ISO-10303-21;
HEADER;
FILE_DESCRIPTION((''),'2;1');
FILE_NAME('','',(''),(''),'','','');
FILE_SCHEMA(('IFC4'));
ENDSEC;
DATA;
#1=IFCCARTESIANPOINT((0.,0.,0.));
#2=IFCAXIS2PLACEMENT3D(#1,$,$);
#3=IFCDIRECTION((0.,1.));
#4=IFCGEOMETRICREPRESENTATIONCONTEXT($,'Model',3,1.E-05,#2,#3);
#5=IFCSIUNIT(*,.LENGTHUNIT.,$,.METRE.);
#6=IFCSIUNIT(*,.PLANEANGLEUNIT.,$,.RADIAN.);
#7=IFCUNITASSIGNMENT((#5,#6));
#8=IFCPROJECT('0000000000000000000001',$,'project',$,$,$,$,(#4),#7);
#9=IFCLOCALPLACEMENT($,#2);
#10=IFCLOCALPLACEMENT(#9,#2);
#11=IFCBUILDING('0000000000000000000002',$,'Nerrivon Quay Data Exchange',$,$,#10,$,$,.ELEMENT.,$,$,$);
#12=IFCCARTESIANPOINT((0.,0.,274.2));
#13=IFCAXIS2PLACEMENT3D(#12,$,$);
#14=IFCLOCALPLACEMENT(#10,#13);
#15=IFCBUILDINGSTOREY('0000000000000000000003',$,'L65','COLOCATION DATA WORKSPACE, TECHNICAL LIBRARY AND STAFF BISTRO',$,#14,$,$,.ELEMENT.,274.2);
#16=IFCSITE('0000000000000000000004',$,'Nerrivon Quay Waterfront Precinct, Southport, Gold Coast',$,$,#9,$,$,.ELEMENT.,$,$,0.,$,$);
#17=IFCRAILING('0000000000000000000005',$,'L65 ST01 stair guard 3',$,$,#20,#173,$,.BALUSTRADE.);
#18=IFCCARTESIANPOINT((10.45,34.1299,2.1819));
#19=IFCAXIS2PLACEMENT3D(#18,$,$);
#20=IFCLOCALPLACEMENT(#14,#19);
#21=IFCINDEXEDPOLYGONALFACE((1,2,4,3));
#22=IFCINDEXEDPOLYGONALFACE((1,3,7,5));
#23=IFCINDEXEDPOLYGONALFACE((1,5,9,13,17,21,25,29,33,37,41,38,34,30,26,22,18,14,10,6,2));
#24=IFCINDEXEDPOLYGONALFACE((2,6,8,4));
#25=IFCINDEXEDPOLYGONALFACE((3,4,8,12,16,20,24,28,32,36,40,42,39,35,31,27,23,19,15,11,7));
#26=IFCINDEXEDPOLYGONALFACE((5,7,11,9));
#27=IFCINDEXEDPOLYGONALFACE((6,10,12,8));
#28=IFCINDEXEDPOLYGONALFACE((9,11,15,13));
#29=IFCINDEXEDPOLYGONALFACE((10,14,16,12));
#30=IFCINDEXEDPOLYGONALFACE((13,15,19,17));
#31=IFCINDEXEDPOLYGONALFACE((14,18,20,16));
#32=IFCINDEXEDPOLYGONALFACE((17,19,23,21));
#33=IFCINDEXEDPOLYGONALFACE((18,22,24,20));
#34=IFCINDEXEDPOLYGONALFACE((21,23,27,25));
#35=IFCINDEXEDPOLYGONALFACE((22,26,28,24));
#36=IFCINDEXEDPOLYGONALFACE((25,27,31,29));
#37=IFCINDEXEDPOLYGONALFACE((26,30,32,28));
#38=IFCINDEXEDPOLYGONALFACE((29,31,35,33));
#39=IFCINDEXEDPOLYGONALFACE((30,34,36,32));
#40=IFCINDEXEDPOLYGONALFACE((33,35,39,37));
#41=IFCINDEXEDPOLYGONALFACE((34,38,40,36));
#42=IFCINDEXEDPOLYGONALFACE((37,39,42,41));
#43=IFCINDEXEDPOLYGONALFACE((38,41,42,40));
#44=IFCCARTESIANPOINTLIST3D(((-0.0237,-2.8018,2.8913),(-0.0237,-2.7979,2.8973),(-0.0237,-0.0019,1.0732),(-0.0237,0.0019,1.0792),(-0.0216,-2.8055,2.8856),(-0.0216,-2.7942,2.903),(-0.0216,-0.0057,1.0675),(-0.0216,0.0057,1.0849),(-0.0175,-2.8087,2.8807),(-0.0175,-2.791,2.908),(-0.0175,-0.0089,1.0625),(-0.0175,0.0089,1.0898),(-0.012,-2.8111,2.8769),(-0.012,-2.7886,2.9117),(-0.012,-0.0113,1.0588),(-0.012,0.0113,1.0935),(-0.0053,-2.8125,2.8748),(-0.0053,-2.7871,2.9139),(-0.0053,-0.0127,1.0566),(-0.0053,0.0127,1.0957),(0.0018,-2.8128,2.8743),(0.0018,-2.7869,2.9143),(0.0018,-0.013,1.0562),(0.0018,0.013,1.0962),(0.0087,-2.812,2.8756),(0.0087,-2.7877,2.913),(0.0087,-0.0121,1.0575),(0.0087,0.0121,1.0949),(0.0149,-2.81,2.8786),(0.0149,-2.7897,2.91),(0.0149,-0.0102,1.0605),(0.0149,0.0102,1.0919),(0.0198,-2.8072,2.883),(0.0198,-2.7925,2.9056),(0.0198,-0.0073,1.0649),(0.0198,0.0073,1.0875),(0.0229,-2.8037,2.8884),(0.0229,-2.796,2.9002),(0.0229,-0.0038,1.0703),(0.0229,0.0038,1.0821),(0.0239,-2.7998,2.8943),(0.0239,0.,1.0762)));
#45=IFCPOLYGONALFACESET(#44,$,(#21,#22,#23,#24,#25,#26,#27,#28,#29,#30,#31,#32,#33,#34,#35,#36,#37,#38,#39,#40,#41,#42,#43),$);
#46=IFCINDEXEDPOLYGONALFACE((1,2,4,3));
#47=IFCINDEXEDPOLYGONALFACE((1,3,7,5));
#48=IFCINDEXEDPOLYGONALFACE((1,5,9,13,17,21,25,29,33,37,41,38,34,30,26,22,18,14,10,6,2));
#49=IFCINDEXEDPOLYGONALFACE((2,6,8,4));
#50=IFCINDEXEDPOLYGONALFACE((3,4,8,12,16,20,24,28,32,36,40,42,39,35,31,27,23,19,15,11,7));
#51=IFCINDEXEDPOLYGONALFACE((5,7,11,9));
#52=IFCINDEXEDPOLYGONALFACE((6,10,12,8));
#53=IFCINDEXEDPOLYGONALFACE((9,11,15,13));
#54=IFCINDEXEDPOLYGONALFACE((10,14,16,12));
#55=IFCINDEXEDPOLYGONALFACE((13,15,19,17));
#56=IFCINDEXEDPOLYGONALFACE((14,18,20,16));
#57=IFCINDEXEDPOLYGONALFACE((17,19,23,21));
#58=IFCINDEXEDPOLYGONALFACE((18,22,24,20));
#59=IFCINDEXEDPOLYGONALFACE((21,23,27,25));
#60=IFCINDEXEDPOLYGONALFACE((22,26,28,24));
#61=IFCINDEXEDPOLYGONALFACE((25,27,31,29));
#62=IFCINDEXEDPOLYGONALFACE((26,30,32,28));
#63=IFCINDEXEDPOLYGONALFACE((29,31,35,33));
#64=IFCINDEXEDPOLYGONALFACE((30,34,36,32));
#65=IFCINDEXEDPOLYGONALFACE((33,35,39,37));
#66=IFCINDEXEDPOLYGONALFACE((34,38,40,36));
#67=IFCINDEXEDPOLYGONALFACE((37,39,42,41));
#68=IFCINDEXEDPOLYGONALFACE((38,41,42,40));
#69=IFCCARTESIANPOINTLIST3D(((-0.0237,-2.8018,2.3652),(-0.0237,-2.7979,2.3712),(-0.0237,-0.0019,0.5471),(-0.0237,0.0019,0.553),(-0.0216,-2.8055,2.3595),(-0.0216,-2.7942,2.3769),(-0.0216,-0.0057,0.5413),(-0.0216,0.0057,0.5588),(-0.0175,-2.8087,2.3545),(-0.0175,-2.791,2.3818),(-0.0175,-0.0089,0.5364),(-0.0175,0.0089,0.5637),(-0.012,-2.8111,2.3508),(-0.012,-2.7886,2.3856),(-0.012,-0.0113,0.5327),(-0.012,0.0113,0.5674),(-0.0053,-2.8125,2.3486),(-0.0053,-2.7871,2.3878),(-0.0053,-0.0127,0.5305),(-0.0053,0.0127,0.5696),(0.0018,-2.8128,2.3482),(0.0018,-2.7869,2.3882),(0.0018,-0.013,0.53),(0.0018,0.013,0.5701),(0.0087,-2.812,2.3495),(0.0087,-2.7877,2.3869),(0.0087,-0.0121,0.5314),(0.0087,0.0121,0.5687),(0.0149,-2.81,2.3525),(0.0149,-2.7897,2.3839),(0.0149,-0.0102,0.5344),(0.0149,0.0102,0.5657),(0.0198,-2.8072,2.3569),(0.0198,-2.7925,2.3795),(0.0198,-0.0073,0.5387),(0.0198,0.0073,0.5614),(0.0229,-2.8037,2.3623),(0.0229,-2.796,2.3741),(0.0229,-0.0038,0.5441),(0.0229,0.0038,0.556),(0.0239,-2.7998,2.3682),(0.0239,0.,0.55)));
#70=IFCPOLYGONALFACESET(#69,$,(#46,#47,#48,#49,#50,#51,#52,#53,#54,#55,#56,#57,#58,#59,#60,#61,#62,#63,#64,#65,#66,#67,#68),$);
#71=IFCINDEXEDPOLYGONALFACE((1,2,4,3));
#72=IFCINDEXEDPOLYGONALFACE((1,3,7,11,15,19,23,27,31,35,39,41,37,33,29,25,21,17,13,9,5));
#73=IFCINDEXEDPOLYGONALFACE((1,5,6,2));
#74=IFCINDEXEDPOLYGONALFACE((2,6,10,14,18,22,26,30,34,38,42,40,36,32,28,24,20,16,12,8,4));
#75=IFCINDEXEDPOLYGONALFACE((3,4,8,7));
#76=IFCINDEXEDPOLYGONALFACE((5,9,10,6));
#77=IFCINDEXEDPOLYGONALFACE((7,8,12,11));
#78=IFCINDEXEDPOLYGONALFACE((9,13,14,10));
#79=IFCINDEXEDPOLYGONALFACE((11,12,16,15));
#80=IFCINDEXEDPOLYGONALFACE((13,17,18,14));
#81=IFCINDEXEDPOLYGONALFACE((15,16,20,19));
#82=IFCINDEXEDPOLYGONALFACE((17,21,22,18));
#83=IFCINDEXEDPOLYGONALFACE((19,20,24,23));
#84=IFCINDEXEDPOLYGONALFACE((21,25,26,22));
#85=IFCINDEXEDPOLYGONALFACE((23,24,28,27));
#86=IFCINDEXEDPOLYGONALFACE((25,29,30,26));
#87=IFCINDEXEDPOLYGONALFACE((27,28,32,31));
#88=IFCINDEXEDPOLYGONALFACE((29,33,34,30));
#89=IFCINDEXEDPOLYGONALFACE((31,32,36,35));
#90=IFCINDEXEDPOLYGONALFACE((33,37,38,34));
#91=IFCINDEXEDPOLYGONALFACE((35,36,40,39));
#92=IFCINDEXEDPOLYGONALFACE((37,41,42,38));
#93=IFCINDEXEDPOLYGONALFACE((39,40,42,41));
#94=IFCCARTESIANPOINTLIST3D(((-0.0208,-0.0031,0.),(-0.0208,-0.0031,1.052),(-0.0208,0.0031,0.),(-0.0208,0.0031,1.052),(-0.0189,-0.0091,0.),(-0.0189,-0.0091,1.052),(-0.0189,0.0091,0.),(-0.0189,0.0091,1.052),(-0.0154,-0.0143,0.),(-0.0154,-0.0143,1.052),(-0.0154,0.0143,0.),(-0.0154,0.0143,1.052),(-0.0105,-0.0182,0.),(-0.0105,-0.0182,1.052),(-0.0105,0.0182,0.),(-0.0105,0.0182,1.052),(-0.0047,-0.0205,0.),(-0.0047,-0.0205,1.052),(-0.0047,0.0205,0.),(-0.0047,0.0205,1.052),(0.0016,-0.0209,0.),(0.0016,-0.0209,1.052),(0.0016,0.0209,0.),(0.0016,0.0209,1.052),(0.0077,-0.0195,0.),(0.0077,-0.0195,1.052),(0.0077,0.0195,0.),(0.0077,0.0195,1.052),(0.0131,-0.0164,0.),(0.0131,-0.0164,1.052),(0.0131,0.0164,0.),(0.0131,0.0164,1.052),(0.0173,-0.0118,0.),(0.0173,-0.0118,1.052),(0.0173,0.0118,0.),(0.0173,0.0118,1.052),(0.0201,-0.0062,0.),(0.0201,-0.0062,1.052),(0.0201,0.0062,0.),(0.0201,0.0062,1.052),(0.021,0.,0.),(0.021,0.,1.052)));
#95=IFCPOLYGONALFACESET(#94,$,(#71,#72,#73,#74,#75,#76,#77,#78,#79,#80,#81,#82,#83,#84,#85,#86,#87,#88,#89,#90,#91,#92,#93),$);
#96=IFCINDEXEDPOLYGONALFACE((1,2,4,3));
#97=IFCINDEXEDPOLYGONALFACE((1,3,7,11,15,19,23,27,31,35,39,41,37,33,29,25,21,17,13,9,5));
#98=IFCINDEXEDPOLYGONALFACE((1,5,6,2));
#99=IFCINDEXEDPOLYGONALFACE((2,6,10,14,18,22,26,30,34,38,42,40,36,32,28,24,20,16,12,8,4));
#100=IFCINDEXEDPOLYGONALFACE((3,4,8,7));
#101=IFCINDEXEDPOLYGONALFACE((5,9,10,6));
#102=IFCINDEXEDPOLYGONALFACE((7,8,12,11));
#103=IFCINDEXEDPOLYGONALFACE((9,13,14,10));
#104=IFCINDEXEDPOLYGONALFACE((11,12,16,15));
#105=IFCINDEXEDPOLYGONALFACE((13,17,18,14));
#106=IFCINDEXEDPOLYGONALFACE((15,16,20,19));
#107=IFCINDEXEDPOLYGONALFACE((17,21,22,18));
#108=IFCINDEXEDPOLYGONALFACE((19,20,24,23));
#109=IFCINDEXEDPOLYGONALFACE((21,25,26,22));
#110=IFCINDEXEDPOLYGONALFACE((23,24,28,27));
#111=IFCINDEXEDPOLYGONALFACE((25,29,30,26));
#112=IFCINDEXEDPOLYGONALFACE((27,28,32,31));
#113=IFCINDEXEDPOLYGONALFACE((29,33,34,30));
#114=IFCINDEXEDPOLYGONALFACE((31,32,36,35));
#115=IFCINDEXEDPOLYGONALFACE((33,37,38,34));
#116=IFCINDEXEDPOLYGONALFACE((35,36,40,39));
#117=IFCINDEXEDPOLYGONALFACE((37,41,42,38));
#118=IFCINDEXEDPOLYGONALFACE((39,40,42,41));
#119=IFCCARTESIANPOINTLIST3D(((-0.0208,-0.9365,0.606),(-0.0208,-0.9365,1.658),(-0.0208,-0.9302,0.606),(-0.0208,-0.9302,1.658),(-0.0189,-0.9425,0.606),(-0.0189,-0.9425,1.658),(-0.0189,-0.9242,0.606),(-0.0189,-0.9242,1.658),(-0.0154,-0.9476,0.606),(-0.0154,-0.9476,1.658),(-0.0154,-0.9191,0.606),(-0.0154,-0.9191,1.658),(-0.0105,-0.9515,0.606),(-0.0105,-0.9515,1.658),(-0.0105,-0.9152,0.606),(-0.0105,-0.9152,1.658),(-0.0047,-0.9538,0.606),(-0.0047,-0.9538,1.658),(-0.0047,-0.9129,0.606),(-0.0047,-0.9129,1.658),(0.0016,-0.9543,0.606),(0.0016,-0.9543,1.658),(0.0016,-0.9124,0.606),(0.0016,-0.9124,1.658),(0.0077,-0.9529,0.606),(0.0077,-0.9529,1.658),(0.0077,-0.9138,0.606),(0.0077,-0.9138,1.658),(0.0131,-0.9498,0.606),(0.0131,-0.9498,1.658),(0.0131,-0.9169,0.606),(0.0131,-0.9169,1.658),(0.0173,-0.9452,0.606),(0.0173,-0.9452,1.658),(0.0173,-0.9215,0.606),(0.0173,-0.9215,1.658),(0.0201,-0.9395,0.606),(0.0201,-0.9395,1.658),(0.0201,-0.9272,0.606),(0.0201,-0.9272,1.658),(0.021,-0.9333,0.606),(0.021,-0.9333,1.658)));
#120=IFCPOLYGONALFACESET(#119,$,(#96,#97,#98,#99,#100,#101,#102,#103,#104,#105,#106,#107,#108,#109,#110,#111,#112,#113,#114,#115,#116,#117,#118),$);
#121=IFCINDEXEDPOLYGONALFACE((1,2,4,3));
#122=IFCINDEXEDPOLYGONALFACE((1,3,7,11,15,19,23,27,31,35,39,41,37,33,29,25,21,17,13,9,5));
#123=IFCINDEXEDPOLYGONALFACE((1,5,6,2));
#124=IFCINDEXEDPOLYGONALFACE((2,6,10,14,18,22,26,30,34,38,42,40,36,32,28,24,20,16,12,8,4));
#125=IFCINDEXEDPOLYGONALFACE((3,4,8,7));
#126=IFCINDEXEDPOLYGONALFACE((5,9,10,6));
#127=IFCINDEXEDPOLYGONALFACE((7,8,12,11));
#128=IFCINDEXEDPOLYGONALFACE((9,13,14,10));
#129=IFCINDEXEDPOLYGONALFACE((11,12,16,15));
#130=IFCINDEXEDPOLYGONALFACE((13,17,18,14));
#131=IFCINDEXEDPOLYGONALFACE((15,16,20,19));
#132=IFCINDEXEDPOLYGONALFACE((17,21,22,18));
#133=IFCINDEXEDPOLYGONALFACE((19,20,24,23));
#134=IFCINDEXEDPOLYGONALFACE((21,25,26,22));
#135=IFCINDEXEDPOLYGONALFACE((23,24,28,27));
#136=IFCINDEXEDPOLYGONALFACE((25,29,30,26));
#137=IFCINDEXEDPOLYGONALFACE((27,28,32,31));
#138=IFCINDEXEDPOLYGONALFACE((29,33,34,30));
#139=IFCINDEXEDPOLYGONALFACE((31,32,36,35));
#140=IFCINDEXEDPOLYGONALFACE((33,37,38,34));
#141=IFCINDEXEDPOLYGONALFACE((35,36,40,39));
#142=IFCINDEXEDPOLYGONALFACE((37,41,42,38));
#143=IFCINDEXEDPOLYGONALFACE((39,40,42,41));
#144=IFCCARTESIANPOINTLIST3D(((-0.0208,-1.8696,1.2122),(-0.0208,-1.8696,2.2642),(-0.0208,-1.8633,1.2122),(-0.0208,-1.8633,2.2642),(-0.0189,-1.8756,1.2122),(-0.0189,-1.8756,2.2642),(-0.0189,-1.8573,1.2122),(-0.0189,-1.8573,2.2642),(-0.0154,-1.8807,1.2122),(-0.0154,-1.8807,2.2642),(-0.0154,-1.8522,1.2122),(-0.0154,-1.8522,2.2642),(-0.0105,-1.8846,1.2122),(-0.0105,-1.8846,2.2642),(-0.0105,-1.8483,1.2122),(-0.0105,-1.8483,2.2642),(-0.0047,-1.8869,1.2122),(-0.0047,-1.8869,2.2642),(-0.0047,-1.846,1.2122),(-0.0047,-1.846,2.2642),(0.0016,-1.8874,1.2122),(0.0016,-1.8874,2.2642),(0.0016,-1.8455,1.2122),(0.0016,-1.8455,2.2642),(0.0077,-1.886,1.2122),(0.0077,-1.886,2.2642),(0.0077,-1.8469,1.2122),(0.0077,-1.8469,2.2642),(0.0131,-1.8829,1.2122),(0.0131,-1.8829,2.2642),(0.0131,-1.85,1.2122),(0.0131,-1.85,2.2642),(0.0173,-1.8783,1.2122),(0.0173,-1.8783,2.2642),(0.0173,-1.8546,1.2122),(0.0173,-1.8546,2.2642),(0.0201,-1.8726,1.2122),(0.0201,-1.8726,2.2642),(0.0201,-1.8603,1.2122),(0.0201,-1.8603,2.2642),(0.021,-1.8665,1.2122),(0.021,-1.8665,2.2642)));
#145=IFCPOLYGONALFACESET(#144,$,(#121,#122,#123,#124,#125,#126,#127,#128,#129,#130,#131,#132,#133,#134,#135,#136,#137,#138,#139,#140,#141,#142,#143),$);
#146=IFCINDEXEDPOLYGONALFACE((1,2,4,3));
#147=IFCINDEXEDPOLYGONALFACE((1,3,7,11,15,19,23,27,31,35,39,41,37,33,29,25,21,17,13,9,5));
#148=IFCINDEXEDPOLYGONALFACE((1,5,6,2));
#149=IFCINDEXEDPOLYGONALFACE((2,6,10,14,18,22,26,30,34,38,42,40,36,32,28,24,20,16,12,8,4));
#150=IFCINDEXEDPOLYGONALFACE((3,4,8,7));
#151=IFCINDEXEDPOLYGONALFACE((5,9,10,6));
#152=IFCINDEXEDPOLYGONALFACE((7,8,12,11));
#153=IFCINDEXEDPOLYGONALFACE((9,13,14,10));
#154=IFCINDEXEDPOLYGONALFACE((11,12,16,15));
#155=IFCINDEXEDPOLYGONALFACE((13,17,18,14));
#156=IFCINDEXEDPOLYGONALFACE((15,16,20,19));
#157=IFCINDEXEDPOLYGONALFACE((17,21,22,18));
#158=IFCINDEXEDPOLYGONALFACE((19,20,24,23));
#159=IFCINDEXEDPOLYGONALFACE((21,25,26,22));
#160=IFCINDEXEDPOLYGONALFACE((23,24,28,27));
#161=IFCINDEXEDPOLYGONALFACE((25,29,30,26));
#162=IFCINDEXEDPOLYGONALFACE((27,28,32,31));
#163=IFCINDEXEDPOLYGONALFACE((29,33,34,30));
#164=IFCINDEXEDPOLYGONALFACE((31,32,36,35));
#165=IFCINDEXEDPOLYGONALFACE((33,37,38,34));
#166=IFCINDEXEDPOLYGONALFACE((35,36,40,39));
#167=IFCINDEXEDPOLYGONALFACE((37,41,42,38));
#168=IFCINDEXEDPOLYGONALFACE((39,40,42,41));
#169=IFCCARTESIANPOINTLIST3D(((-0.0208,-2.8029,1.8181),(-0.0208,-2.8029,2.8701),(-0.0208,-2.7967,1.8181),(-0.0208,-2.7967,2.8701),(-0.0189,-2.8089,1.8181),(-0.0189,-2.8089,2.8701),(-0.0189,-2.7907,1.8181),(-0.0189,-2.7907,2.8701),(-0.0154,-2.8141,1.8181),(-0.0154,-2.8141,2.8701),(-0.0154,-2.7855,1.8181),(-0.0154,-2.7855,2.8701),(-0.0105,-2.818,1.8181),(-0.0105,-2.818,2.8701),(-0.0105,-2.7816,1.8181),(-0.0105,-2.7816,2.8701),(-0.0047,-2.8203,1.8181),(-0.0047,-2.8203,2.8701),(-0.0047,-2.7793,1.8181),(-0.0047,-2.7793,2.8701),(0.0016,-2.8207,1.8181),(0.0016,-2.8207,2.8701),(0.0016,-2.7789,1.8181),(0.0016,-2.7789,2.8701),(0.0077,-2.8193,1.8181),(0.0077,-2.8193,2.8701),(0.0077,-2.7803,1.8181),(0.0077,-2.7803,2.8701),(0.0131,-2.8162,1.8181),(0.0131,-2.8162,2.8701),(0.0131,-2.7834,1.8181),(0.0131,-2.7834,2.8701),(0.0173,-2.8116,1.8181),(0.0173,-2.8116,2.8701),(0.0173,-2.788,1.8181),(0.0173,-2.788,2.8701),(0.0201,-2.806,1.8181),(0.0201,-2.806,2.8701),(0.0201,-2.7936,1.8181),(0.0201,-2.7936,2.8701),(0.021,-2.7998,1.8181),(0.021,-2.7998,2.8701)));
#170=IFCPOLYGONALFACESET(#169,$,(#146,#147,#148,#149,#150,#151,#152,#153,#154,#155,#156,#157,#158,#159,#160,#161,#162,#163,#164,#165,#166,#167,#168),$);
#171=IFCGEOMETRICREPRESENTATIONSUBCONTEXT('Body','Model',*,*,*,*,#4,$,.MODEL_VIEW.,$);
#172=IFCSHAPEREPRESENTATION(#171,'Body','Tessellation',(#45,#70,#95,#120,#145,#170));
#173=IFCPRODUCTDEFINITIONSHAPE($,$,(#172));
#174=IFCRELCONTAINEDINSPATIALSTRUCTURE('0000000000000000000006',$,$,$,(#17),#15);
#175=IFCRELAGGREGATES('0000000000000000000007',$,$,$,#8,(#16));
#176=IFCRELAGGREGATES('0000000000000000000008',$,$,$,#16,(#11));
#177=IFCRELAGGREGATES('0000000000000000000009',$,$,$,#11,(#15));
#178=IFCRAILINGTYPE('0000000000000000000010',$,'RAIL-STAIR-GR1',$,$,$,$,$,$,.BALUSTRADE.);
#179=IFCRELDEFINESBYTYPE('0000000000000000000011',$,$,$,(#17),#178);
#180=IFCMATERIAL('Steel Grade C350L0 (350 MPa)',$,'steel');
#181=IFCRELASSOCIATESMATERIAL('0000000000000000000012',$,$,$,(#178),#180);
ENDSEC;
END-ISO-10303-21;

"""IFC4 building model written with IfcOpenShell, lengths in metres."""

from ifc_helpers import new_model, si_unit, direction, frame, origin, origin_2d, place, context, subcontext, project, spatial, circle, extrude, material, type_object, element, save


model = new_model("IFC4")

# Units and contexts
model_context = context("Model", 3, precision=1e-05, world=origin(), true_north=direction((0.0, 1.0)))
body_context = subcontext(model_context, "Body", "Model", "MODEL_VIEW")
ifc_project = project(units=[si_unit("LENGTHUNIT", "METRE"), si_unit("PLANEANGLEUNIT", "RADIAN")], contexts=[model_context])

# Site, building, storey
site_placement = place(None, origin())
site = spatial("IfcSite", under=ifc_project, at=site_placement, Name="Nerrivon Quay Waterfront Precinct, Southport, Gold Coast", CompositionType="ELEMENT", RefElevation=0.0)
building_placement = place(site_placement, origin())
building = spatial("IfcBuilding", under=site, at=building_placement, Name="Nerrivon Quay Data Exchange", CompositionType="ELEMENT")
storey_placement = place(building_placement, frame((0.0, 0.0, 274.2)))
storey = spatial("IfcBuildingStorey", under=building, at=storey_placement, Name="L65", Description="COLOCATION DATA WORKSPACE, TECHNICAL LIBRARY AND STAFF BISTRO", CompositionType="ELEMENT", Elevation=274.2)

# Shared definitions
ifc_material_1 = material(Name="Steel Grade C350L0 (350 MPa)", Category="steel")

# Railing
railing_type_1 = type_object("IfcRailingType", Name="RAIL-STAIR-GR1", PredefinedType="BALUSTRADE", material=ifc_material_1)
railing_1_placement = place(storey_placement, frame((10.45, 34.1299, 2.1819)))
element("IfcRailing", 1, at=railing_1_placement, inside=storey, type_object=railing_type_1, Name="L65 ST01 stair guard 3", PredefinedType="BALUSTRADE", context=body_context, shape_type="SweptSolid", body=[
    extrude(circle(Radius=0.0239, at=origin_2d()), frame((0.0, 0.0, 1.0762), z_axis=(0.0, -0.838684, 0.544618), x_axis=(1.0, 0.0, 0.0)), (0.0, 0.0, 1.0), 3.3384),
    extrude(circle(Radius=0.0239, at=origin_2d()), frame((0.0, 0.0, 0.55), z_axis=(0.0, -0.838684, 0.544618), x_axis=(1.0, 0.0, 0.0)), (0.0, 0.0, 1.0), 3.3384),
    extrude(circle(Radius=0.021, at=origin_2d()), origin(), (0.0, 0.0, 1.0), 1.052),
    extrude(circle(Radius=0.021, at=origin_2d()), frame((0.0, -0.9333, 0.606)), (0.0, 0.0, 1.0), 1.052),
    extrude(circle(Radius=0.021, at=origin_2d()), frame((0.0, -1.8665, 1.2122)), (0.0, 0.0, 1.0), 1.052),
    extrude(circle(Radius=0.021, at=origin_2d()), frame((0.0, -2.7998, 1.8181)), (0.0, 0.0, 1.0), 1.052),
])

save(model, "model.ifc")
